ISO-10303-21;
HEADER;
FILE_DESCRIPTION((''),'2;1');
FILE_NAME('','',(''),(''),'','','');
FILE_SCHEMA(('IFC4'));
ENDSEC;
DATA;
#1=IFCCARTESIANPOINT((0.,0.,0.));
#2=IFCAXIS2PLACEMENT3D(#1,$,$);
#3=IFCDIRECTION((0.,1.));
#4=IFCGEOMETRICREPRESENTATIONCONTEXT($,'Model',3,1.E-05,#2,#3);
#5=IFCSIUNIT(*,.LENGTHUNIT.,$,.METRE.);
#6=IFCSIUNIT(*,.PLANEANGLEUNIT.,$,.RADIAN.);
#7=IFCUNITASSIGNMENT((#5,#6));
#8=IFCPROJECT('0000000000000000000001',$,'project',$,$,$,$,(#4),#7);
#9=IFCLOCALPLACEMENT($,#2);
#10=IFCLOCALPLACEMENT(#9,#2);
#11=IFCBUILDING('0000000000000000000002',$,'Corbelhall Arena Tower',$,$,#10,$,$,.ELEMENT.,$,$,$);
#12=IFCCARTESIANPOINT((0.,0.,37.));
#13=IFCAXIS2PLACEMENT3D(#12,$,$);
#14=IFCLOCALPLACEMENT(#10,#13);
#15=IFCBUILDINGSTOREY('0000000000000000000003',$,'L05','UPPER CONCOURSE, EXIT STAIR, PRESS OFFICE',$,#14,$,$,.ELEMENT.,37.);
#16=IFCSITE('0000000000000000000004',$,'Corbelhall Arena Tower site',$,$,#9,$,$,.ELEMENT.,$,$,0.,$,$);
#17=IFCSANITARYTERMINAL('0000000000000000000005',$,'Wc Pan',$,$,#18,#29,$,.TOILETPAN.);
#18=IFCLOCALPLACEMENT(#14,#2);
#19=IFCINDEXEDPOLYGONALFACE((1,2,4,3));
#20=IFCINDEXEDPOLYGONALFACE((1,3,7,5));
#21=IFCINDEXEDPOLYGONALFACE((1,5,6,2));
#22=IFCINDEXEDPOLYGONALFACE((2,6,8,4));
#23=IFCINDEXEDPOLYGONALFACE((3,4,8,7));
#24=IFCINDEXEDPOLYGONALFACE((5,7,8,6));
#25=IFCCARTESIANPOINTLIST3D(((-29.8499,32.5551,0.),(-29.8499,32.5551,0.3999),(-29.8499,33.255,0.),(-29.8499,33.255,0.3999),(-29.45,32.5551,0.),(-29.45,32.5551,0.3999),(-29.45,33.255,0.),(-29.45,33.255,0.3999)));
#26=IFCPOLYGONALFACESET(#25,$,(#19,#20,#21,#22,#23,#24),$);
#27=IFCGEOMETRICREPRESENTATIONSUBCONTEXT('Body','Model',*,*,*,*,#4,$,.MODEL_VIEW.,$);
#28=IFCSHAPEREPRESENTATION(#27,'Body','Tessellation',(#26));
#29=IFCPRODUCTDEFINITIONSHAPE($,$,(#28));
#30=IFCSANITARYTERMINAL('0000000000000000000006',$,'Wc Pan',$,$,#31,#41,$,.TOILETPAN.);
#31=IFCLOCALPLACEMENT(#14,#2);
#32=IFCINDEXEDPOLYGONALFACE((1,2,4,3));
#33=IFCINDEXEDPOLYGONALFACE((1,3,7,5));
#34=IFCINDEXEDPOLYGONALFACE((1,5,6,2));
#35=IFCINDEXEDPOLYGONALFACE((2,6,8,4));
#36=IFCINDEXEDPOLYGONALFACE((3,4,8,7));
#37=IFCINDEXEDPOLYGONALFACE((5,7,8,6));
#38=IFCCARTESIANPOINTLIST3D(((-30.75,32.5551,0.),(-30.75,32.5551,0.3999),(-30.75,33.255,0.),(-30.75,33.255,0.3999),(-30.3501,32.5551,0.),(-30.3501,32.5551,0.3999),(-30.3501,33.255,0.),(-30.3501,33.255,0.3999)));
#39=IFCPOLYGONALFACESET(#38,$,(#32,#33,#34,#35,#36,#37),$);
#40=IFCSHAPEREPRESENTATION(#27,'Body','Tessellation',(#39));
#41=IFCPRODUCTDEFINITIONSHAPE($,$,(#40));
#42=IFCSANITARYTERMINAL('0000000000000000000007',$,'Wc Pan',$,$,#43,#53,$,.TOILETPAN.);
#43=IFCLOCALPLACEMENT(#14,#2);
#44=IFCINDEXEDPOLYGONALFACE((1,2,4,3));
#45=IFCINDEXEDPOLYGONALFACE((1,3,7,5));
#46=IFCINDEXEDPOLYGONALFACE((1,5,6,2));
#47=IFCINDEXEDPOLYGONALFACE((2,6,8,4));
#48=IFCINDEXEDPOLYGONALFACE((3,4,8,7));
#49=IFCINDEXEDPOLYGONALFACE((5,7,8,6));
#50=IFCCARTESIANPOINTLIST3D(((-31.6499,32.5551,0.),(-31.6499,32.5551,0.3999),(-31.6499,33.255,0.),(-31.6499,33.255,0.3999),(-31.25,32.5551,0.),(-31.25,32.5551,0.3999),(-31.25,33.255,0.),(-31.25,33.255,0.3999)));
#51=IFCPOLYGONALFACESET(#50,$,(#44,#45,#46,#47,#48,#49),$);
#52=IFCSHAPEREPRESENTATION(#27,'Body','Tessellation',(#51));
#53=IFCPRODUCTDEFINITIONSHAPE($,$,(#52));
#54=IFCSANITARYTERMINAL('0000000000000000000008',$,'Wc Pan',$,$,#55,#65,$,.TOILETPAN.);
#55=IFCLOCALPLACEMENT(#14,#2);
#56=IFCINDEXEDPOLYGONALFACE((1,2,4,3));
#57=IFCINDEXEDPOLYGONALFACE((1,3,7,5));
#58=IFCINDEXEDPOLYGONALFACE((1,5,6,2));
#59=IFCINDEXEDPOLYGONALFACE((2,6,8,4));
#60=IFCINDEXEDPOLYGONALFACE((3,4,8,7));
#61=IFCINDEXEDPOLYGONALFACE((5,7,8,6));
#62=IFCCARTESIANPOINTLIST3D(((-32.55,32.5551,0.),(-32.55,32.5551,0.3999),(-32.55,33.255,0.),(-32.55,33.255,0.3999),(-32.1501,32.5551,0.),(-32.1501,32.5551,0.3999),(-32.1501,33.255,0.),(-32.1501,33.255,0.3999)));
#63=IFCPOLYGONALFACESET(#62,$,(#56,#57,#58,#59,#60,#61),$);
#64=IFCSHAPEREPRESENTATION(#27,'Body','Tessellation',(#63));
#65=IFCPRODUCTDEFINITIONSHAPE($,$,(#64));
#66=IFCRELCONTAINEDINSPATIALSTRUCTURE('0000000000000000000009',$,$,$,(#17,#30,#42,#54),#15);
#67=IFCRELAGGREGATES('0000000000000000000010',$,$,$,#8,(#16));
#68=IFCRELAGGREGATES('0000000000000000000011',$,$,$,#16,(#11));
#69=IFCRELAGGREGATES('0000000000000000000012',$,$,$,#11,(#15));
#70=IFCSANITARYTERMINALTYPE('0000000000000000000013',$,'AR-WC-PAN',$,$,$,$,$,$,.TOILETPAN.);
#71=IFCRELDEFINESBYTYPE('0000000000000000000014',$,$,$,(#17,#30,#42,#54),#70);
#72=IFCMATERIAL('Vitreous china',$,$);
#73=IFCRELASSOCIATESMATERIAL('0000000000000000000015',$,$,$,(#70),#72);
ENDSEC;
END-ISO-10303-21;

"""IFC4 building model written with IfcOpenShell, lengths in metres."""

from ifc_helpers import new_model, si_unit, direction, frame, origin, origin_2d, place, context, subcontext, project, spatial, rectangle, extrude, material, type_object, element, save


model = new_model("IFC4")

# Units and contexts
model_context = context("Model", 3, precision=1e-05, world=origin(), true_north=direction((0.0, 1.0)))
body_context = subcontext(model_context, "Body", "Model", "MODEL_VIEW")
ifc_project = project(units=[si_unit("LENGTHUNIT", "METRE"), si_unit("PLANEANGLEUNIT", "RADIAN")], contexts=[model_context])

# Site, building, storey
site_placement = place(None, origin())
site = spatial("IfcSite", under=ifc_project, at=site_placement, Name="Corbelhall Arena Tower site", CompositionType="ELEMENT", RefElevation=0.0)
building_placement = place(site_placement, origin())
building = spatial("IfcBuilding", under=site, at=building_placement, Name="Corbelhall Arena Tower", CompositionType="ELEMENT")
storey_placement = place(building_placement, frame((0.0, 0.0, 37.0)))
storey = spatial("IfcBuildingStorey", under=building, at=storey_placement, Name="L05", Description="UPPER CONCOURSE, EXIT STAIR, PRESS OFFICE", CompositionType="ELEMENT", Elevation=37.0)

# Sanitary terminals
ifc_material_1 = material(Name="Vitreous china")
sanitary_terminal_type = type_object("IfcSanitaryTerminalType", Name="AR-WC-PAN", PredefinedType="TOILETPAN", material=ifc_material_1)
for number, where, z_axis, x_axis, name in (
    (1, (-29.6499, 32.905, 0.0), (0.0, 0.0, 1.0), (1.0, 0.0, 0.0), "Wc Pan"),
    (2, (-30.55, 32.905, 0.0), (0.0, 0.0, 1.0), (1.0, 0.0, 0.0), "Wc Pan"),
    (3, (-31.45, 32.905, 0.0), (0.0, 0.0, 1.0), (1.0, 0.0, 0.0), "Wc Pan"),
    (4, (-32.3501, 32.905, 0.0), (0.0, 0.0, 1.0), (1.0, 0.0, 0.0), "Wc Pan"),
):
    element("IfcSanitaryTerminal", number, at=place(storey_placement, frame(where, z_axis=z_axis, x_axis=x_axis)), inside=storey, type_object=sanitary_terminal_type, Name=name, PredefinedType="TOILETPAN", context=body_context, shape_type="SweptSolid", body=[
        extrude(rectangle(XDim=0.3999, YDim=0.7, at=origin_2d()), origin(), (0.0, 0.0, 1.0), 0.3999),
    ])

save(model, "model.ifc")
